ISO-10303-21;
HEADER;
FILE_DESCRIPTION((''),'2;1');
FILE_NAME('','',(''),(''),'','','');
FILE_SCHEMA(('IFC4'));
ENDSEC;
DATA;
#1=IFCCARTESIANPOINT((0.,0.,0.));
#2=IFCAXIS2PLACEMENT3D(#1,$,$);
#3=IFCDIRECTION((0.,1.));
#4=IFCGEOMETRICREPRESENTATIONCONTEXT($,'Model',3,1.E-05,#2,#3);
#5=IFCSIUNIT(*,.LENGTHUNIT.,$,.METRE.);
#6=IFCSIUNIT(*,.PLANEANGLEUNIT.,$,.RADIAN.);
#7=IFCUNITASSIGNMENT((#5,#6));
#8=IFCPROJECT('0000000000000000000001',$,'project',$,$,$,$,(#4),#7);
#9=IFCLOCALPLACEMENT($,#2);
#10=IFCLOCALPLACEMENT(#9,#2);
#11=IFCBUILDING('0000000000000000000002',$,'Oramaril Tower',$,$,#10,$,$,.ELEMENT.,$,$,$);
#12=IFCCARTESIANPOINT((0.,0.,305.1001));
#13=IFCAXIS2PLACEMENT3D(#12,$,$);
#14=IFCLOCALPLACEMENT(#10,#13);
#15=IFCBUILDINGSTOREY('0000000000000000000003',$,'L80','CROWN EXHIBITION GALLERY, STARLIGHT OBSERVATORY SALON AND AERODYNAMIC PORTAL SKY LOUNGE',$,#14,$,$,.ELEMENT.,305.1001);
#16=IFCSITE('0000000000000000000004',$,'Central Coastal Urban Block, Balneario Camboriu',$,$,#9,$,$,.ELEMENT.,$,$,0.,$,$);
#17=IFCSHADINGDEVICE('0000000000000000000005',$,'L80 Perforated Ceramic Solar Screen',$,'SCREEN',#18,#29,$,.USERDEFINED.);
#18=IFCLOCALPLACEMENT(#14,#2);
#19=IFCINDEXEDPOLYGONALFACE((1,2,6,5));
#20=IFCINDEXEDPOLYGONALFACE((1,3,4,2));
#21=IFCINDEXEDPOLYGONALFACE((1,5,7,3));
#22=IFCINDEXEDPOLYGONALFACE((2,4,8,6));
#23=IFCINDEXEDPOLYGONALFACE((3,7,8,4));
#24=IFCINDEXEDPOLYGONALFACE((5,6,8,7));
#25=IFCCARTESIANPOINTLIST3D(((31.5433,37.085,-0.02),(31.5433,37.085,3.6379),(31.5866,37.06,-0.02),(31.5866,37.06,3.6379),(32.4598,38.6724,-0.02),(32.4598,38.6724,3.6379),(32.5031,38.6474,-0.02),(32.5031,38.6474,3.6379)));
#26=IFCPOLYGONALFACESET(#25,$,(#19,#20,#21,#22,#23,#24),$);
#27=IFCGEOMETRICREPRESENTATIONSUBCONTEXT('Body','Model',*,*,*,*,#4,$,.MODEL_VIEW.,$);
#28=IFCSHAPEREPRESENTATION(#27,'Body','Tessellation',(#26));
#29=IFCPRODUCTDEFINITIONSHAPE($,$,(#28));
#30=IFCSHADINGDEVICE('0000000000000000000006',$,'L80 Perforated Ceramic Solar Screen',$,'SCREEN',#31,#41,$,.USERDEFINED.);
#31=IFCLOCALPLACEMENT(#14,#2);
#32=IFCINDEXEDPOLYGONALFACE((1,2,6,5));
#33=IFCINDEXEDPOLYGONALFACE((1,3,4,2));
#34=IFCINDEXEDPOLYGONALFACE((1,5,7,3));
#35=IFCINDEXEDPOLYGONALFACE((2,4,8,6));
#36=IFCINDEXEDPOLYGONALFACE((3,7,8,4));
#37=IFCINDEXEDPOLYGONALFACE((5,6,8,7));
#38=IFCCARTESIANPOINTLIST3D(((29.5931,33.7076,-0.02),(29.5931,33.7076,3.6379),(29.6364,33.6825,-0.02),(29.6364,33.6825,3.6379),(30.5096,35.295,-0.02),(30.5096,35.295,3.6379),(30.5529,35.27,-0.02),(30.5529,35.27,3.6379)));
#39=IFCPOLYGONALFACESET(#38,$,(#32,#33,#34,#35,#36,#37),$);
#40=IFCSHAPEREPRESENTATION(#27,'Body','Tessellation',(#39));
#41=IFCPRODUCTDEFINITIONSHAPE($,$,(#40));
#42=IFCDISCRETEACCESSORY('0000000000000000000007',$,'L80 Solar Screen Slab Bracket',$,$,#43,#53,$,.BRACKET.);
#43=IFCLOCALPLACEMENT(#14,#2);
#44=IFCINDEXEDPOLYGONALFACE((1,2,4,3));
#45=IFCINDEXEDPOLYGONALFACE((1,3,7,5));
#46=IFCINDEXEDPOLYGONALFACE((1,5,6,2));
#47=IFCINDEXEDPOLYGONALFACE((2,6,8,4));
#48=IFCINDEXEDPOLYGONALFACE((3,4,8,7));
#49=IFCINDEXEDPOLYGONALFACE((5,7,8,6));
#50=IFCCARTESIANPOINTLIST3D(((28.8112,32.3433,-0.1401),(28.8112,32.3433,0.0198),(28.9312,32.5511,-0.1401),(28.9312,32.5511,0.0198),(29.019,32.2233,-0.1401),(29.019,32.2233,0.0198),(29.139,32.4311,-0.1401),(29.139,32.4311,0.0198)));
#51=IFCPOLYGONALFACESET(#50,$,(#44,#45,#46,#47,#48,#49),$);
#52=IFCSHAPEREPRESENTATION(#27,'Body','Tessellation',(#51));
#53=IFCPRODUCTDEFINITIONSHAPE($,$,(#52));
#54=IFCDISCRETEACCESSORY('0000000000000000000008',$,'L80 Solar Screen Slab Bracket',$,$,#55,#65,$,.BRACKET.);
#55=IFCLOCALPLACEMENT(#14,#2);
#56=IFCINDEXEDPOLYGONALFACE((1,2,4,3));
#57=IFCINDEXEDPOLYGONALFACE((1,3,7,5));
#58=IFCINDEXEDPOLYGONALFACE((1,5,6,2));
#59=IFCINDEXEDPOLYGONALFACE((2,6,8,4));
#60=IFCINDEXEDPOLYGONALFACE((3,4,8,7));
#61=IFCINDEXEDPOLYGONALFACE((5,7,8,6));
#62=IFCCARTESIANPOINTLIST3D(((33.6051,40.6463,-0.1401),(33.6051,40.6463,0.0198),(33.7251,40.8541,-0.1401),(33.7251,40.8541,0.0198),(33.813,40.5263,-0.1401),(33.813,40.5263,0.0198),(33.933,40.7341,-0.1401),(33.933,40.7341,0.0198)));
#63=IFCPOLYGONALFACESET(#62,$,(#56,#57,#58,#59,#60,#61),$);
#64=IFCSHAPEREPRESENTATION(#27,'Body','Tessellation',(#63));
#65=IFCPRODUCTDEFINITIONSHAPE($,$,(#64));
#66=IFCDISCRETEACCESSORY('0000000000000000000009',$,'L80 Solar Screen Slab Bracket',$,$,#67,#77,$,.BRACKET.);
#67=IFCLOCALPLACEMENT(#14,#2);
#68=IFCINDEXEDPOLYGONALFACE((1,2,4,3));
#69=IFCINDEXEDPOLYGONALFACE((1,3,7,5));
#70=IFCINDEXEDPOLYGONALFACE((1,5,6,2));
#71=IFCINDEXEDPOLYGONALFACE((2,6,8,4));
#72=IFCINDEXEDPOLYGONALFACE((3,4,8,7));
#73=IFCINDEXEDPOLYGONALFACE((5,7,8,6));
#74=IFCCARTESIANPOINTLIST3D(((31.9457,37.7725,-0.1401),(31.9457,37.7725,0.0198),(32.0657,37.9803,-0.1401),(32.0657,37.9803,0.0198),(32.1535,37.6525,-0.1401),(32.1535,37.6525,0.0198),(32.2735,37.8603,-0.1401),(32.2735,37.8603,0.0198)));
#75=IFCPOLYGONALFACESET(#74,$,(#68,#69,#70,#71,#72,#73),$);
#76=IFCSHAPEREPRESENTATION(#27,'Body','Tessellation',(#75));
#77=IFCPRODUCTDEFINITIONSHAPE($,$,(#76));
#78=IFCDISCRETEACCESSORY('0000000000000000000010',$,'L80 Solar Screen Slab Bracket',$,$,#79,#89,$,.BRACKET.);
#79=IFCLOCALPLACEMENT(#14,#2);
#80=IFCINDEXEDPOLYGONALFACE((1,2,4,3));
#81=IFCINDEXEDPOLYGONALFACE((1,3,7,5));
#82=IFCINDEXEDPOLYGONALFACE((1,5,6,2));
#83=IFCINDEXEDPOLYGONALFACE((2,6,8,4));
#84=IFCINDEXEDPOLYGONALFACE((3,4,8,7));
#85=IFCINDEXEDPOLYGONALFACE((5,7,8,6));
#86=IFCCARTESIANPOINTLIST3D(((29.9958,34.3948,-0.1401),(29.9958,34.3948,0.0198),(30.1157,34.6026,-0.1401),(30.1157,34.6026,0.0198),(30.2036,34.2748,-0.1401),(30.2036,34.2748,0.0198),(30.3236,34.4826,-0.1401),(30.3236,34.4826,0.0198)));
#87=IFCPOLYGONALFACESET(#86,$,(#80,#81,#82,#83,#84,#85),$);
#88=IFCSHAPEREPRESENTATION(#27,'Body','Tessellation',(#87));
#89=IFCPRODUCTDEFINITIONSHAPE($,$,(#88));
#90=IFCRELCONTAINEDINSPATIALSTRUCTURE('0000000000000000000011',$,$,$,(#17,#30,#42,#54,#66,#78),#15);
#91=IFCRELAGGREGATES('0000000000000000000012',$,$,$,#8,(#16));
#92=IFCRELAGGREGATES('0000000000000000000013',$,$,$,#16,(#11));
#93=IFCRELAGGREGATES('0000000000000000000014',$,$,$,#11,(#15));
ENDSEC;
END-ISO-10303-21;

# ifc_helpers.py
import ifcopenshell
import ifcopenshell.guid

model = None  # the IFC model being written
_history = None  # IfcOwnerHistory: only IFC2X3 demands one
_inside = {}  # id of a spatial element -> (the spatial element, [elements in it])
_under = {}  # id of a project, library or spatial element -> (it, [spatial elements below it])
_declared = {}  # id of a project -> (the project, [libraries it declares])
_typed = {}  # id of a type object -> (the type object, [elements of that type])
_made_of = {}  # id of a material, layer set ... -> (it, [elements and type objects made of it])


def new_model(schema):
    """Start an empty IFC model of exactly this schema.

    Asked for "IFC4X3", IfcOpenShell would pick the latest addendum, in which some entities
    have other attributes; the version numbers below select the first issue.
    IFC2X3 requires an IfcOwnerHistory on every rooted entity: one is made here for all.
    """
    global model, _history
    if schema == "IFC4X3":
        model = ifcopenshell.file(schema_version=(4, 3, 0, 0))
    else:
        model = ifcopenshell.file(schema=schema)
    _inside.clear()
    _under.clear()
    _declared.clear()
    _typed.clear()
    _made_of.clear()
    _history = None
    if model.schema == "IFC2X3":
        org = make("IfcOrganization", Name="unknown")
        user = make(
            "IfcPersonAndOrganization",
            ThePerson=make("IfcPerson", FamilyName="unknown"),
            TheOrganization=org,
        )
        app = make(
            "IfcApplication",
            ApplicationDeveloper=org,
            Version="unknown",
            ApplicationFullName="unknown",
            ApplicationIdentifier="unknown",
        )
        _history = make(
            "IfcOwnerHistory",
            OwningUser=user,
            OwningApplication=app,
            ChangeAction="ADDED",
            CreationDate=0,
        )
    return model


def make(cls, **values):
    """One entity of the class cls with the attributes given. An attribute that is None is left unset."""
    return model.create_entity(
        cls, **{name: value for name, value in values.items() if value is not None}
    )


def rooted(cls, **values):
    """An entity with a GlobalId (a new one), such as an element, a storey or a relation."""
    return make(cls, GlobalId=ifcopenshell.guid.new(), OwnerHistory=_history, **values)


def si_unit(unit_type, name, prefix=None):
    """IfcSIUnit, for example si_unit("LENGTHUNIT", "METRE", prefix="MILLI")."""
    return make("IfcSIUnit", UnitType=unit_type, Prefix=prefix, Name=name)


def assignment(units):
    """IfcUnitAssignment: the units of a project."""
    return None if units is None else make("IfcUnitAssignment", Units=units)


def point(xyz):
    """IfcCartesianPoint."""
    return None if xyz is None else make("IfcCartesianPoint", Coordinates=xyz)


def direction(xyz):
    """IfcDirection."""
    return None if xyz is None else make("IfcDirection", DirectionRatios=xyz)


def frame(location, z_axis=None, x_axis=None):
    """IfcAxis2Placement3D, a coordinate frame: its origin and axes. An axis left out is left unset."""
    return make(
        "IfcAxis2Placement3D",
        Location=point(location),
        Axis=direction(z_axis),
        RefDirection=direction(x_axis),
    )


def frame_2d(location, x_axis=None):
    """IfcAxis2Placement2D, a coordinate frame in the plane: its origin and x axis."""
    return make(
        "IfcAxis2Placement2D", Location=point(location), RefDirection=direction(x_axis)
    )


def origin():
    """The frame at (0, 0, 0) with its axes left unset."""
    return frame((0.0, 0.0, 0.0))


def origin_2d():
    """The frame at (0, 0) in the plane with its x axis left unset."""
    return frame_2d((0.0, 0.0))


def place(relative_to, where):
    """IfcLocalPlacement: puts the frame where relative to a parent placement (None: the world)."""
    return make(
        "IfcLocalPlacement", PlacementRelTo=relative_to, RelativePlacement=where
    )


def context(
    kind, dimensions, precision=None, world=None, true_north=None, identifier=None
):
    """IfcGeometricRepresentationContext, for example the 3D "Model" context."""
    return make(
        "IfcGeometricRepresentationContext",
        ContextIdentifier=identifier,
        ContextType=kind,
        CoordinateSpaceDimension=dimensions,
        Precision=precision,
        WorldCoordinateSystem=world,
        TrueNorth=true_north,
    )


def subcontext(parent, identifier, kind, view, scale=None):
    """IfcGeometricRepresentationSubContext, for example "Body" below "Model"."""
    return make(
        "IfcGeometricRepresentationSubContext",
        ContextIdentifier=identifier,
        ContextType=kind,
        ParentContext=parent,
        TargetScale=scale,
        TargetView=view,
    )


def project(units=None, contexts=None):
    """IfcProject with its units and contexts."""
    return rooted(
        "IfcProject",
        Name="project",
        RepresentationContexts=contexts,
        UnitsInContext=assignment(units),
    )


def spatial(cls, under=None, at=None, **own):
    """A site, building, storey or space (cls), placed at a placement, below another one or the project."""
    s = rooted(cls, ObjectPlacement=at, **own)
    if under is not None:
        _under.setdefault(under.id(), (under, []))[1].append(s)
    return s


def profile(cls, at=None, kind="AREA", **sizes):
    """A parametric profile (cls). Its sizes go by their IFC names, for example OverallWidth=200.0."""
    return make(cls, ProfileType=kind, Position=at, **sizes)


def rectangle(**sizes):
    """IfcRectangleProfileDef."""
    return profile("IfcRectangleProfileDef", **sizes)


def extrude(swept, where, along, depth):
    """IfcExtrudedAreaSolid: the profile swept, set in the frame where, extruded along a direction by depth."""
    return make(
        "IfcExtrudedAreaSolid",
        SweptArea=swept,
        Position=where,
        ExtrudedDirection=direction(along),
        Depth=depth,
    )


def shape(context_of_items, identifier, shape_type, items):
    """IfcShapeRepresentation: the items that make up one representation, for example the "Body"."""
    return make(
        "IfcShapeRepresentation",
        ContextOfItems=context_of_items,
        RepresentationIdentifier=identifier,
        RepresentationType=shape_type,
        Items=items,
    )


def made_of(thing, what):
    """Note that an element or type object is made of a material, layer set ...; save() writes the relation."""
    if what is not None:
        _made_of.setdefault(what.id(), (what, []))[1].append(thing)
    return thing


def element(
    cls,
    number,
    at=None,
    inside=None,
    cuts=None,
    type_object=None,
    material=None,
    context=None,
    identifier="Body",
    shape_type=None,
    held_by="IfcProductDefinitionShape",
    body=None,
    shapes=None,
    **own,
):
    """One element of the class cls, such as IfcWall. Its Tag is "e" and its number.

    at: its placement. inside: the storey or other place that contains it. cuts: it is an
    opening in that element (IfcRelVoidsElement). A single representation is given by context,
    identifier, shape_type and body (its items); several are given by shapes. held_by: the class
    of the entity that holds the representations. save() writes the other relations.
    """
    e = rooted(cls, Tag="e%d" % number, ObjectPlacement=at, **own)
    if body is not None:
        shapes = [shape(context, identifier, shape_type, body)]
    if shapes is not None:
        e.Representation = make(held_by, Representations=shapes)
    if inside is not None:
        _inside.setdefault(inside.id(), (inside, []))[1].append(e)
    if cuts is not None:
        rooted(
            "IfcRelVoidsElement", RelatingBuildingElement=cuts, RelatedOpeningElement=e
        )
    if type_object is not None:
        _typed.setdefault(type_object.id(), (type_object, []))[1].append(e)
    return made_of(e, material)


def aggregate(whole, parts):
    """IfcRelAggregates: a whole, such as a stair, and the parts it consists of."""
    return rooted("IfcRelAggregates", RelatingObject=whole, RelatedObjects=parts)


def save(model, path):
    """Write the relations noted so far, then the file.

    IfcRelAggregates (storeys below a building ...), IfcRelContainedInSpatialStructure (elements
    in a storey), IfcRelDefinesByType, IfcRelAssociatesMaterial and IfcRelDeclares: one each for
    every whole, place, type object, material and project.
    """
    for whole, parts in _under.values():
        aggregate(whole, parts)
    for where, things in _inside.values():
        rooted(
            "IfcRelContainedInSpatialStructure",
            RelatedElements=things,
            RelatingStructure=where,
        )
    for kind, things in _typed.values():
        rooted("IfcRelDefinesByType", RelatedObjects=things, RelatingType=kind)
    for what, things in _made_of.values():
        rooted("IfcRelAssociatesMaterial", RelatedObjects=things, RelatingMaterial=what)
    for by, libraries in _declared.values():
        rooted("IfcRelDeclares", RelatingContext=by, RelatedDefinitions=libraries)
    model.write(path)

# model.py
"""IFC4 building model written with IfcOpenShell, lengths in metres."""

from ifc_helpers import new_model, si_unit, direction, frame, origin, origin_2d, place, context, subcontext, project, spatial, rectangle, extrude, element, save


model = new_model("IFC4")

# Units and contexts
model_context = context("Model", 3, precision=1e-05, world=origin(), true_north=direction((0.0, 1.0)))
body_context = subcontext(model_context, "Body", "Model", "MODEL_VIEW")
ifc_project = project(units=[si_unit("LENGTHUNIT", "METRE"), si_unit("PLANEANGLEUNIT", "RADIAN")], contexts=[model_context])

# Site, building, storey
site_placement = place(None, origin())
site = spatial("IfcSite", under=ifc_project, at=site_placement, Name="Central Coastal Urban Block, Balneario Camboriu", CompositionType="ELEMENT", RefElevation=0.0)
building_placement = place(site_placement, origin())
building = spatial("IfcBuilding", under=site, at=building_placement, Name="Oramaril Tower", CompositionType="ELEMENT")
storey_placement = place(building_placement, frame((0.0, 0.0, 305.1001)))
storey = spatial("IfcBuildingStorey", under=building, at=storey_placement, Name="L80", Description="CROWN EXHIBITION GALLERY, STARLIGHT OBSERVATORY SALON AND AERODYNAMIC PORTAL SKY LOUNGE", CompositionType="ELEMENT", Elevation=305.1001)

# Shading devices
for number, where, z_axis, x_axis, name in (
    (1, (32.0232, 37.8662, -0.02), (0.0, 0.0, 1.0), (-0.5, -0.866025, 0.0), "L80 Perforated Ceramic Solar Screen"),
    (2, (30.073, 34.4888, -0.02), (0.0, 0.0, 1.0), (-0.5, -0.866025, 0.0), "L80 Perforated Ceramic Solar Screen"),
):
    element("IfcShadingDevice", number, at=place(storey_placement, frame(where, z_axis=z_axis, x_axis=x_axis)), inside=storey, Name=name, ObjectType="SCREEN", PredefinedType="USERDEFINED", context=body_context, shape_type="SweptSolid", body=[
        extrude(rectangle(XDim=1.833, YDim=0.05, at=origin_2d()), origin(), (0.0, 0.0, 1.0), 3.658),
    ])

# Discrete accessories
for number, where, z_axis, x_axis, name in (
    (3, (28.9751, 32.3872, -0.1401), (0.0, 0.0, 1.0), (-0.5, -0.866025, 0.0), "L80 Solar Screen Slab Bracket"),
    (4, (33.769, 40.6902, -0.1401), (0.0, 0.0, 1.0), (-0.5, -0.866025, 0.0), "L80 Solar Screen Slab Bracket"),
    (5, (32.1096, 37.8164, -0.1401), (0.0, 0.0, 1.0), (-0.5, -0.866025, 0.0), "L80 Solar Screen Slab Bracket"),
    (6, (30.1597, 34.4387, -0.1401), (0.0, 0.0, 1.0), (-0.5, -0.866025, 0.0), "L80 Solar Screen Slab Bracket"),
):
    element("IfcDiscreteAccessory", number, at=place(storey_placement, frame(where, z_axis=z_axis, x_axis=x_axis)), inside=storey, Name=name, PredefinedType="BRACKET", context=body_context, shape_type="SweptSolid", body=[
        extrude(rectangle(XDim=0.24, YDim=0.24, at=origin_2d()), origin(), (0.0, 0.0, 1.0), 0.1599),
    ])

save(model, "model.ifc")
